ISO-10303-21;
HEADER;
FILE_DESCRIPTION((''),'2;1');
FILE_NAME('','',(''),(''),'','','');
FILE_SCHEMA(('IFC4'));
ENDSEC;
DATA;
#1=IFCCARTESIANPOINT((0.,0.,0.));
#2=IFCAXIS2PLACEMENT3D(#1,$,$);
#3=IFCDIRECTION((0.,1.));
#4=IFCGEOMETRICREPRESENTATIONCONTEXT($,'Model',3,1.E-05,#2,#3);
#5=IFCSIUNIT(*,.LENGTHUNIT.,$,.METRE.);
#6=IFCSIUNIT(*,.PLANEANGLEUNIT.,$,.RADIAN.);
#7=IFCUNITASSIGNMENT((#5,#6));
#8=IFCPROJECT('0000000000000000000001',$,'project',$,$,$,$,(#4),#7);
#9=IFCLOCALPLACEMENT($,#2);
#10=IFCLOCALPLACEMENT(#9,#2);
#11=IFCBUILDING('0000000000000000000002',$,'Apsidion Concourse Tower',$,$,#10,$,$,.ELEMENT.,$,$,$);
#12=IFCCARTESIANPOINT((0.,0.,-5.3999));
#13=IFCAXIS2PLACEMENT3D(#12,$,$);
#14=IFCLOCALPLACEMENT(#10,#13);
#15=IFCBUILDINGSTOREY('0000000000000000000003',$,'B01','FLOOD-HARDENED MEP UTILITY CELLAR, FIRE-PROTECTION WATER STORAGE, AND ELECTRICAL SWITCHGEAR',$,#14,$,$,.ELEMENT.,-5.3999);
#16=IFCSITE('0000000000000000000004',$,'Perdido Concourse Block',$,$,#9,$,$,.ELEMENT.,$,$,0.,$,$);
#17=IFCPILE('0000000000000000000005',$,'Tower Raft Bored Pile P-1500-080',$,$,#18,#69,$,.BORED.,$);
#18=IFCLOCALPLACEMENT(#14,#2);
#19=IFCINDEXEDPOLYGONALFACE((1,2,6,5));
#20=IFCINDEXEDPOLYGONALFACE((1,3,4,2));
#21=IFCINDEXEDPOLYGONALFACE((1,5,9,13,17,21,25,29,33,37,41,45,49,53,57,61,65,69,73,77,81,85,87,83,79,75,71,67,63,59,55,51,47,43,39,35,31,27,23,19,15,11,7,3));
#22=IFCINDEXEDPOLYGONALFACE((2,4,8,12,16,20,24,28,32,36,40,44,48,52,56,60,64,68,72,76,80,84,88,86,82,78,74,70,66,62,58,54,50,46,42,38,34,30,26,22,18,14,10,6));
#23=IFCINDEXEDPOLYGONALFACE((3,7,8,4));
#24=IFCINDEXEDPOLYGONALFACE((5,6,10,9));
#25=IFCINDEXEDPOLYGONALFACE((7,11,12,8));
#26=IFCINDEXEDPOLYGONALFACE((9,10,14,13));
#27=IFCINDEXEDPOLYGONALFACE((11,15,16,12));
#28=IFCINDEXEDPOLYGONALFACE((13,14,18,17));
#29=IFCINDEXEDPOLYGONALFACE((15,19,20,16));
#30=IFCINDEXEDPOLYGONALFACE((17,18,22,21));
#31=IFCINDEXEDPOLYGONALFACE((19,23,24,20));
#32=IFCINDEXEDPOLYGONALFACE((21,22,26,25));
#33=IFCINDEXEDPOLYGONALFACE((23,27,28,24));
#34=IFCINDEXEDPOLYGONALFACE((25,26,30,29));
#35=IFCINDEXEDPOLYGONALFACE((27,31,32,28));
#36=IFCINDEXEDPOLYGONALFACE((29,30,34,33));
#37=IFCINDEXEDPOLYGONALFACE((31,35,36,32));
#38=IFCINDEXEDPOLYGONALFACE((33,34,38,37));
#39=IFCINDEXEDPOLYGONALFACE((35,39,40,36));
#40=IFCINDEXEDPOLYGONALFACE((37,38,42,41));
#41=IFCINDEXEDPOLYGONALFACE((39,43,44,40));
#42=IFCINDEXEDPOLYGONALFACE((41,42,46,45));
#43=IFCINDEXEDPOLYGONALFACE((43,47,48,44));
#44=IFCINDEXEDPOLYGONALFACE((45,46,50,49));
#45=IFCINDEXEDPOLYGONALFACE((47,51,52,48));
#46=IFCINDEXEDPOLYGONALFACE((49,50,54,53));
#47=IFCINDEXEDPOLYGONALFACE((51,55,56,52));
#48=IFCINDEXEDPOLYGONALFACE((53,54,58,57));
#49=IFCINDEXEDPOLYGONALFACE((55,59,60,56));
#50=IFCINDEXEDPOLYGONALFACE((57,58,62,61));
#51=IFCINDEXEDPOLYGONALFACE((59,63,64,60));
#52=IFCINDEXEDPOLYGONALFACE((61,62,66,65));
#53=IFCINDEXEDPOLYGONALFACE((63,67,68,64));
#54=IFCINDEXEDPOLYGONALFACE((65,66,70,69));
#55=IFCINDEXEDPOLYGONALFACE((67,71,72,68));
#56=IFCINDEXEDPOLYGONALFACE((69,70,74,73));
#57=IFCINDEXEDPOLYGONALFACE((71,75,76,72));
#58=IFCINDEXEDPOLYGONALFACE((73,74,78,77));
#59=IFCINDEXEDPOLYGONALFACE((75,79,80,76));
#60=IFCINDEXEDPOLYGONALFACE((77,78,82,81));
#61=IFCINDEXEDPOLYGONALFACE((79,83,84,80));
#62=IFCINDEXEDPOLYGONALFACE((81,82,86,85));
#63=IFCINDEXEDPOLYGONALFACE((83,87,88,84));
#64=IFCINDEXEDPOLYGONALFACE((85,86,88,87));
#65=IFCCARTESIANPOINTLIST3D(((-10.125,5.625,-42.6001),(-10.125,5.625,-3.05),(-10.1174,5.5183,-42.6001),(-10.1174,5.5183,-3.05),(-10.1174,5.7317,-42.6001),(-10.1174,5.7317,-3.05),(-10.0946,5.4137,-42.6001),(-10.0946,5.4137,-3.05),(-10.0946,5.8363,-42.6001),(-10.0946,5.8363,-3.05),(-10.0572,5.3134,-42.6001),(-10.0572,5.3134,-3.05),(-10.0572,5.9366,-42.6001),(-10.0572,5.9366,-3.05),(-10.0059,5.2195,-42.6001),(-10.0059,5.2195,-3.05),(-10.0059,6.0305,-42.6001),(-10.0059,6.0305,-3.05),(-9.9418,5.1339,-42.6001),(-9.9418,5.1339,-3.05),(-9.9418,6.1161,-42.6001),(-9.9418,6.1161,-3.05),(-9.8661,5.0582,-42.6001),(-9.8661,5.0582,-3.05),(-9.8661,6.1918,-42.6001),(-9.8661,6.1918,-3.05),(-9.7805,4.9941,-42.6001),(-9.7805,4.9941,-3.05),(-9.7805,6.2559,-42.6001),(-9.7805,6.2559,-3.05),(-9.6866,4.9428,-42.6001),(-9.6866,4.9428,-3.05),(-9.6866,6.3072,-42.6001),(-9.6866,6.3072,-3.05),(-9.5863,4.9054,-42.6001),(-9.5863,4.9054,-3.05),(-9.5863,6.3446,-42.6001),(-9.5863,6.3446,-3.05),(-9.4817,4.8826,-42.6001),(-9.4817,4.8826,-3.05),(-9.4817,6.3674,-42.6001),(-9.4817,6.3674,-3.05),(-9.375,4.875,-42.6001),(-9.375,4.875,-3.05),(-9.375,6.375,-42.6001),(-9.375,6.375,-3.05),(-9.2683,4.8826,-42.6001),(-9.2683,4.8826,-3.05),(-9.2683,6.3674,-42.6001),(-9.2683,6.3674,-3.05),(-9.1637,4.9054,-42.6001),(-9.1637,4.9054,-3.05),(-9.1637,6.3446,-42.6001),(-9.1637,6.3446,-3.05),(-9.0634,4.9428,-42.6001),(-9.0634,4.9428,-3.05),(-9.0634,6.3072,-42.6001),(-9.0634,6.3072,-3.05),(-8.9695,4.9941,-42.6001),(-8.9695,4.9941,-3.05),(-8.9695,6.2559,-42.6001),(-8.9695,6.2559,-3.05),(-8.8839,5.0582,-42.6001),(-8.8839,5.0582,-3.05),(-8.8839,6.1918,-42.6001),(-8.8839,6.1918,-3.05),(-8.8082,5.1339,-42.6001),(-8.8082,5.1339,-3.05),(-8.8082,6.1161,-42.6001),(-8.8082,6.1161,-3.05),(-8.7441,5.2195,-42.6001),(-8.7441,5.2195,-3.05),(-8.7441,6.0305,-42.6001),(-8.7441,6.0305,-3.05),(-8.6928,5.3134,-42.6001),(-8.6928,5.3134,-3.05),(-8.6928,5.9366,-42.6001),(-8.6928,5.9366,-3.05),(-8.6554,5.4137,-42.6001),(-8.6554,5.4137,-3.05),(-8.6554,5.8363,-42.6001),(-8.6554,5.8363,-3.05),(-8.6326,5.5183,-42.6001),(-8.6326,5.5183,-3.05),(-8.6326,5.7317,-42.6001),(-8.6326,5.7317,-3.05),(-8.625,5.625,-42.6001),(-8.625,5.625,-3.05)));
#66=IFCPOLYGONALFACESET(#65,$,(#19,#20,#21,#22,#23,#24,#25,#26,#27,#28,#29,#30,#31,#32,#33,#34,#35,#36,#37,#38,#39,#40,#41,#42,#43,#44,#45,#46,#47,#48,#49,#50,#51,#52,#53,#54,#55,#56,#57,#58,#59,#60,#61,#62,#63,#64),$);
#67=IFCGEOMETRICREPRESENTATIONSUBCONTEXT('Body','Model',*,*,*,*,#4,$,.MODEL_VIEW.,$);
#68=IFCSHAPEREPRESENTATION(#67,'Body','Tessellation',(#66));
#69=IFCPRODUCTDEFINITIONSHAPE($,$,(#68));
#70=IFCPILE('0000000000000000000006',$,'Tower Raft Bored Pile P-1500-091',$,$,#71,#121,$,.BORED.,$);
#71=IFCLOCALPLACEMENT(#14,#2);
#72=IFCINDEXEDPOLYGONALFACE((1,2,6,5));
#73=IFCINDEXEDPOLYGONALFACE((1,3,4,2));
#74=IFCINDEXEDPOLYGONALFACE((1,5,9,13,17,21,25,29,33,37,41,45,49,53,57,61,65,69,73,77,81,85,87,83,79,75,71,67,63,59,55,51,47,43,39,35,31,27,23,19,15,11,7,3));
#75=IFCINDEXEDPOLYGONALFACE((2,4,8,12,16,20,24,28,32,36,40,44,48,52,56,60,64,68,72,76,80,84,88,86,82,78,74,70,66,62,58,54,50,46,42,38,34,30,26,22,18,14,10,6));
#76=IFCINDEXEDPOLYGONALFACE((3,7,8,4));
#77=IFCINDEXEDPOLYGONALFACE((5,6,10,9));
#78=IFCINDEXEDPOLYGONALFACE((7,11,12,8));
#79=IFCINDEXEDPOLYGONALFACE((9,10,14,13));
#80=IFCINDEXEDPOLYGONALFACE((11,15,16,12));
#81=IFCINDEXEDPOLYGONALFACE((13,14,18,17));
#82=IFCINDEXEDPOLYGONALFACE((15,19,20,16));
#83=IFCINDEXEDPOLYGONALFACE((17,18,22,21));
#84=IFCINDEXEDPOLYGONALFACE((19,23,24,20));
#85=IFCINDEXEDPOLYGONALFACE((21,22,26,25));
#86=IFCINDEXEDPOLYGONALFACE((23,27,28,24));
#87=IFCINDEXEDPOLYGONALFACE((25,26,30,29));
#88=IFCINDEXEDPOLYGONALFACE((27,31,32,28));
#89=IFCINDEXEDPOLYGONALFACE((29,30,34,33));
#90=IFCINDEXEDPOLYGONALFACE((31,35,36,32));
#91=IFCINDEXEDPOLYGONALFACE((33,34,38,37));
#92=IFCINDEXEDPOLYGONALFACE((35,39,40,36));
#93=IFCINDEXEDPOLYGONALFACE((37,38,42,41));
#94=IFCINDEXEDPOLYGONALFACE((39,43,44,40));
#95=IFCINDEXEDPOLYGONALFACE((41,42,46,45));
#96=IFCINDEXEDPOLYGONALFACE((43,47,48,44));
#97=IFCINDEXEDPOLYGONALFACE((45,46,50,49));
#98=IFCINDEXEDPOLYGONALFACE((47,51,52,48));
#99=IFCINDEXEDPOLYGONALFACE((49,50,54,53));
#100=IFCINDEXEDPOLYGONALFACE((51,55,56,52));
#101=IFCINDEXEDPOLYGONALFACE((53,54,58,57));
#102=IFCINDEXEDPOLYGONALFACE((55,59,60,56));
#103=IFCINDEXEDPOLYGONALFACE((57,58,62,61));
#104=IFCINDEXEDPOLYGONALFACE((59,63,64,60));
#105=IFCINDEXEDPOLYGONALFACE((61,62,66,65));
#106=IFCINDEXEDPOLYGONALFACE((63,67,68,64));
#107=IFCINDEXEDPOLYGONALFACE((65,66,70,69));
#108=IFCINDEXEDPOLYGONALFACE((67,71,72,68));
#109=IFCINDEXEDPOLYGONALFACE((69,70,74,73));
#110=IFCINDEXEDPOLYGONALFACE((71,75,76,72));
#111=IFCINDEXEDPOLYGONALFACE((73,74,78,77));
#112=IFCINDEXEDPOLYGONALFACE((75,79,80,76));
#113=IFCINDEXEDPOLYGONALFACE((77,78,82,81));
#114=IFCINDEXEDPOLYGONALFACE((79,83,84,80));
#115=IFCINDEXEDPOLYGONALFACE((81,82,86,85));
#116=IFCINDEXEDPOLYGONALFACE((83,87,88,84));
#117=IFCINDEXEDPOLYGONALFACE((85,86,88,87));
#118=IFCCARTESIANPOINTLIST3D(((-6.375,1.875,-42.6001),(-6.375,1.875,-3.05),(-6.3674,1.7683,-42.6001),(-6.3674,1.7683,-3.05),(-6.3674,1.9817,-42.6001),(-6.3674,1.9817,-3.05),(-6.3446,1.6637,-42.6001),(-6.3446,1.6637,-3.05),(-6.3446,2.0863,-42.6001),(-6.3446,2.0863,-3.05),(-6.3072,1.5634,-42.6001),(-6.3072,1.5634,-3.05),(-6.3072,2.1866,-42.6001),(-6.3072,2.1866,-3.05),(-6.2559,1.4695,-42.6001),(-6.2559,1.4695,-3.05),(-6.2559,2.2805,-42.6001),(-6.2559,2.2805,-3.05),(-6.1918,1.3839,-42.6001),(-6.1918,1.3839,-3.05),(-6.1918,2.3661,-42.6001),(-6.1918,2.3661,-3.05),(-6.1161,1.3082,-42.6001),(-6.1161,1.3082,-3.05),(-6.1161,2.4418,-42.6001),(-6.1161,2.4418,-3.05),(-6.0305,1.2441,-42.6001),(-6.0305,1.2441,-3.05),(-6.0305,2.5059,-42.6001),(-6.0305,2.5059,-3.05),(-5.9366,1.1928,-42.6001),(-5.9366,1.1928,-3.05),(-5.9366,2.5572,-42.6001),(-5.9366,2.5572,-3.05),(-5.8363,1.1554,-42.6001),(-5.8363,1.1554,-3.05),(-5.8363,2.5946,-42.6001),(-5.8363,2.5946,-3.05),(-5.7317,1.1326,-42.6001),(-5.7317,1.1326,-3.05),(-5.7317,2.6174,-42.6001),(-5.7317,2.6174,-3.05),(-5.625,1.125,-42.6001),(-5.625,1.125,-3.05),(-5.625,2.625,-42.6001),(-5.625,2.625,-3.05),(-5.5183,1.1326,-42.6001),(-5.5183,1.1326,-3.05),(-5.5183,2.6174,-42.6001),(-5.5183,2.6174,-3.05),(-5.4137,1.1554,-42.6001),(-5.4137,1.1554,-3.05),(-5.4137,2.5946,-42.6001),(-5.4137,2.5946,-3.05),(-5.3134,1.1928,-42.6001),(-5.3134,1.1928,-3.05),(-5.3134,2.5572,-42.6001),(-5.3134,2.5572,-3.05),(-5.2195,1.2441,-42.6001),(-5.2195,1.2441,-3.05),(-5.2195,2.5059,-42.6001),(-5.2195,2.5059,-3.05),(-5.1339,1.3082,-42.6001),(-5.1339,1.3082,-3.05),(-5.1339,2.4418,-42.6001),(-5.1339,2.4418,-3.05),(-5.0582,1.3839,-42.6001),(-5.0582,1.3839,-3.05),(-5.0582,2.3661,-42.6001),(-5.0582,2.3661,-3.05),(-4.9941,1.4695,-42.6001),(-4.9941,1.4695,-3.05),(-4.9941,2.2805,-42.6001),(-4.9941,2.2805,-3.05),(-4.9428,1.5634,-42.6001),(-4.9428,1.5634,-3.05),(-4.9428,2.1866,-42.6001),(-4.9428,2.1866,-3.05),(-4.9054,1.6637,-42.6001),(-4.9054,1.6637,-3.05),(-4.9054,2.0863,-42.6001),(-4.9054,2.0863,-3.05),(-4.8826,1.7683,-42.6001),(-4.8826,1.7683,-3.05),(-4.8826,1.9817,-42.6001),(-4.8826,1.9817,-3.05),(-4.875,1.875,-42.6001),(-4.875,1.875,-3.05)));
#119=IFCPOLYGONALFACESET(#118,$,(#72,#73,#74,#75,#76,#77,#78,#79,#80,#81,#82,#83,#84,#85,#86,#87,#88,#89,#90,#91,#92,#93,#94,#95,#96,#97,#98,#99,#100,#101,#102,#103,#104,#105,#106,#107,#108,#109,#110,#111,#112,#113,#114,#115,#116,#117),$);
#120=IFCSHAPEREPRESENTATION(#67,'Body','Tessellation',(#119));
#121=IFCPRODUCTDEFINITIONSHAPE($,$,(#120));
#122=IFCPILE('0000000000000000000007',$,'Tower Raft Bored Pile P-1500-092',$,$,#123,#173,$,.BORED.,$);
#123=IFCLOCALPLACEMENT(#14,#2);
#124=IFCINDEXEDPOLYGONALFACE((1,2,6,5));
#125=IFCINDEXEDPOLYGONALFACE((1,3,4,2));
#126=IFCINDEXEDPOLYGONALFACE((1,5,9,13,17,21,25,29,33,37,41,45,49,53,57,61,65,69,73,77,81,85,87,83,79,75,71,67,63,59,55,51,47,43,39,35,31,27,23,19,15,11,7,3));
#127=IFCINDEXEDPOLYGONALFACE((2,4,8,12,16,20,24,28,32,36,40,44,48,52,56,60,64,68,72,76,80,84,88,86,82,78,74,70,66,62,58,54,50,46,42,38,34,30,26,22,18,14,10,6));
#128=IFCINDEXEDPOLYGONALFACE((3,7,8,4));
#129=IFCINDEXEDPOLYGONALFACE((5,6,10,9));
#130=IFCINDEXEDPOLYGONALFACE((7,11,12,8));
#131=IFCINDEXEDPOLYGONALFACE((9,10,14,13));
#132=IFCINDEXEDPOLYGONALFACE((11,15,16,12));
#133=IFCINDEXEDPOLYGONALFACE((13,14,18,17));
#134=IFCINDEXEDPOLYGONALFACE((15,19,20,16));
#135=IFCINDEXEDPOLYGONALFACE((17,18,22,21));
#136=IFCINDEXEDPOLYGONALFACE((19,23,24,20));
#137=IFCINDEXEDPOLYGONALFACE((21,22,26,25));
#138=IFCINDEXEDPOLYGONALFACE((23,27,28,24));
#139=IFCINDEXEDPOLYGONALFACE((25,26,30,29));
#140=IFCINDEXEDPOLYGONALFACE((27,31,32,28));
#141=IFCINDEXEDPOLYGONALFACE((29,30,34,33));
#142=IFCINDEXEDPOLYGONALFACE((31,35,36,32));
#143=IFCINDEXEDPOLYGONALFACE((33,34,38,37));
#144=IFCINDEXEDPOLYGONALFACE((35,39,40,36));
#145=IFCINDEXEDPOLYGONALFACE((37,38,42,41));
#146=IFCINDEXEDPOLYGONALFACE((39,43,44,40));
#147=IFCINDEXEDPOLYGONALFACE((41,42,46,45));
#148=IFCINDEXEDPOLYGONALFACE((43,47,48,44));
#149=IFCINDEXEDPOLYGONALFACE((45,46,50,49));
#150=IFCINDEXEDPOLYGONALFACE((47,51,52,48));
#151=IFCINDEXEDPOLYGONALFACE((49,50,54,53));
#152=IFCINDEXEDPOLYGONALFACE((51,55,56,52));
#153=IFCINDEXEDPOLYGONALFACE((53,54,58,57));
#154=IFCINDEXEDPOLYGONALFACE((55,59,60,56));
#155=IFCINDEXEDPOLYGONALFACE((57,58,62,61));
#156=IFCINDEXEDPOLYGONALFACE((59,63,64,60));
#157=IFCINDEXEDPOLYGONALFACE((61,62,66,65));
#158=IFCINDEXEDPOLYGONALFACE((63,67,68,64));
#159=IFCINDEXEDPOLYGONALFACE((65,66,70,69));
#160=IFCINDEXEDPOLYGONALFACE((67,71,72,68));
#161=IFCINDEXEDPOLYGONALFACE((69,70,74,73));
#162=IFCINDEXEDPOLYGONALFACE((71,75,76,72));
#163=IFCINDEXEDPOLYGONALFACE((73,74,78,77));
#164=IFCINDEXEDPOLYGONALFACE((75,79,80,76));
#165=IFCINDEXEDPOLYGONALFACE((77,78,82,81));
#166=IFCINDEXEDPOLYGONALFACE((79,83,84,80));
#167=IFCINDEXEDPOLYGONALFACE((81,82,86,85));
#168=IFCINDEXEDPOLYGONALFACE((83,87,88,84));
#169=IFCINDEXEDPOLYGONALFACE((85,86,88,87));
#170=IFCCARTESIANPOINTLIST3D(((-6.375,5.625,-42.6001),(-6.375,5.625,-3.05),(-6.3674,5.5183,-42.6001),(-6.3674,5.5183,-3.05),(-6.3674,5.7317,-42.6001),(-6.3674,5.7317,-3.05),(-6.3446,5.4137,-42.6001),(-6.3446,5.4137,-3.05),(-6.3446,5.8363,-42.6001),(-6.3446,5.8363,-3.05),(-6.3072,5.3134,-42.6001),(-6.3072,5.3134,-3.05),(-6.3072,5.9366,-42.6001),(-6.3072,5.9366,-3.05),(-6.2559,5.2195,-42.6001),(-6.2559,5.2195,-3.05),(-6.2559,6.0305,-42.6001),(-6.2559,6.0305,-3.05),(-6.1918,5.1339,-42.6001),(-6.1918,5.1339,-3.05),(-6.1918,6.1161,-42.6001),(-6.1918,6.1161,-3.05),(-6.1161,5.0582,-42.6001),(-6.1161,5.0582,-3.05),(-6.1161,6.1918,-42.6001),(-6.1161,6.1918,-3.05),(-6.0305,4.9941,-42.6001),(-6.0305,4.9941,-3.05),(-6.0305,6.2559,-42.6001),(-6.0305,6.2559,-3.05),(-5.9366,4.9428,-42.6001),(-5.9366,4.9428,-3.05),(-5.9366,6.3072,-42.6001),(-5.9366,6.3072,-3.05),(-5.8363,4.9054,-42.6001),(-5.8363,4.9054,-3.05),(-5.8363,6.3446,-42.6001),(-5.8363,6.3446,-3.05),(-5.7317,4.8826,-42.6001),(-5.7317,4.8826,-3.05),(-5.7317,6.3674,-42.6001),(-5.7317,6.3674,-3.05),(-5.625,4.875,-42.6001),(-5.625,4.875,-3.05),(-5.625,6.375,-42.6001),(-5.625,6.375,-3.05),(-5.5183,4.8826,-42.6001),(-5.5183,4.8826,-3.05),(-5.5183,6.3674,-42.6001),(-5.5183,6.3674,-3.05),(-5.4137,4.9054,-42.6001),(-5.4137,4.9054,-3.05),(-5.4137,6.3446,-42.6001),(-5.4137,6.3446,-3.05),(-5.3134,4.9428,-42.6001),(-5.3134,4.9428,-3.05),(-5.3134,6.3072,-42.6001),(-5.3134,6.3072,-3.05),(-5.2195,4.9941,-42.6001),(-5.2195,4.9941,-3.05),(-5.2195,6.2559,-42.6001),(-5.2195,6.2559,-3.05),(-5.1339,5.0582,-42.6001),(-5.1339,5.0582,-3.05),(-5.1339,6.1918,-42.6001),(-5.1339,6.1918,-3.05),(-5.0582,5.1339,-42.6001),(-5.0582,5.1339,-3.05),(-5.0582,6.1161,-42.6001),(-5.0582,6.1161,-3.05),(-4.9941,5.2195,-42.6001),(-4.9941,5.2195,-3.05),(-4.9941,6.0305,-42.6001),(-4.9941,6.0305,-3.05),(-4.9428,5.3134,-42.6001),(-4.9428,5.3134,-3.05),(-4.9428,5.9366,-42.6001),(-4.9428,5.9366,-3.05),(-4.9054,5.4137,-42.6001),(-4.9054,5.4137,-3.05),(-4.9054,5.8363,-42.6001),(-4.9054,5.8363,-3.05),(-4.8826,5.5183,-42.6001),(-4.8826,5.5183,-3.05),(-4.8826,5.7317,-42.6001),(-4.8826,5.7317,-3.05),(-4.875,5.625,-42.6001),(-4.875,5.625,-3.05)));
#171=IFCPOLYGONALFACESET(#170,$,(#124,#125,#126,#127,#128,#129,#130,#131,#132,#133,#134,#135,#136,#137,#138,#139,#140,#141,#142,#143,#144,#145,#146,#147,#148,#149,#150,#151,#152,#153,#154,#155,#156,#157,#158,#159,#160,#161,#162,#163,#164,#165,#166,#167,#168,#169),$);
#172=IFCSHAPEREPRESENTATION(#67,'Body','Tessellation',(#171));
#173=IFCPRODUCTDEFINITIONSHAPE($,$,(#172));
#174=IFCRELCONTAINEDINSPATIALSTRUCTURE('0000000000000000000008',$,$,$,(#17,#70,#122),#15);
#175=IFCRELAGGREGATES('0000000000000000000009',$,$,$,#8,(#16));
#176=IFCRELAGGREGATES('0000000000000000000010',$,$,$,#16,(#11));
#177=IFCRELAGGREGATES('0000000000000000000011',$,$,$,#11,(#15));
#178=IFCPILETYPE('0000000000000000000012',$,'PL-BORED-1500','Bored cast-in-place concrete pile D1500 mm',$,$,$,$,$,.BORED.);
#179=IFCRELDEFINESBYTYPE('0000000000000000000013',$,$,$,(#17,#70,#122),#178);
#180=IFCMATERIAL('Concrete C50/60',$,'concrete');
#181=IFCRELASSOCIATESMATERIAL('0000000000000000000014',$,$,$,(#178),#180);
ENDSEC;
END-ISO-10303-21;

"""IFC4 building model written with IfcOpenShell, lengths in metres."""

from ifc_helpers import new_model, si_unit, direction, frame, origin, origin_2d, place, context, subcontext, project, spatial, circle, extrude, material, material_profile, profile_set, type_object, element, save


model = new_model("IFC4")

# Units and contexts
model_context = context("Model", 3, precision=1e-05, world=origin(), true_north=direction((0.0, 1.0)))
body_context = subcontext(model_context, "Body", "Model", "MODEL_VIEW")
ifc_project = project(units=[si_unit("LENGTHUNIT", "METRE"), si_unit("PLANEANGLEUNIT", "RADIAN")], contexts=[model_context])

# Site, building, storey
site_placement = place(None, origin())
site = spatial("IfcSite", under=ifc_project, at=site_placement, Name="Perdido Concourse Block", CompositionType="ELEMENT", RefElevation=0.0)
building_placement = place(site_placement, origin())
building = spatial("IfcBuilding", under=site, at=building_placement, Name="Apsidion Concourse Tower", CompositionType="ELEMENT")
storey_placement = place(building_placement, frame((0.0, 0.0, -5.3999)))
storey = spatial("IfcBuildingStorey", under=building, at=storey_placement, Name="B01", Description="FLOOD-HARDENED MEP UTILITY CELLAR, FIRE-PROTECTION WATER STORAGE, AND ELECTRICAL SWITCHGEAR", CompositionType="ELEMENT", Elevation=-5.3999)

# Shared definitions
ifc_material_1 = material(Name="Concrete C50/60", Category="concrete")

# Piles
ifc_material_profile_1 = material_profile(ifc_material_1, circle(Radius=0.75, at=origin_2d()), Name="BORED PILE D1500")
ifc_profile_set_1 = profile_set([ifc_material_profile_1], Name="Concrete C50/60")
pile_type = type_object("IfcPileType", Name="PL-BORED-1500", Description="Bored cast-in-place concrete pile D1500 mm", PredefinedType="BORED", material=ifc_profile_set_1)
for number, where, z_axis, x_axis, name in (
    (1, (-9.375, 5.625, -3.05), (0.0, 0.0, -1.0), (1.0, 0.0, 0.0), "Tower Raft Bored Pile P-1500-080"),
    (2, (-5.625, 1.875, -3.05), (0.0, 0.0, -1.0), (1.0, 0.0, 0.0), "Tower Raft Bored Pile P-1500-091"),
    (3, (-5.625, 5.625, -3.05), (0.0, 0.0, -1.0), (1.0, 0.0, 0.0), "Tower Raft Bored Pile P-1500-092"),
):
    element("IfcPile", number, at=place(storey_placement, frame(where, z_axis=z_axis, x_axis=x_axis)), inside=storey, type_object=pile_type, Name=name, PredefinedType="BORED", context=body_context, shape_type="SweptSolid", body=[
        extrude(circle(Radius=0.75, at=origin_2d()), origin(), (0.0, 0.0, 1.0), 39.55),
    ])

save(model, "model.ifc")
